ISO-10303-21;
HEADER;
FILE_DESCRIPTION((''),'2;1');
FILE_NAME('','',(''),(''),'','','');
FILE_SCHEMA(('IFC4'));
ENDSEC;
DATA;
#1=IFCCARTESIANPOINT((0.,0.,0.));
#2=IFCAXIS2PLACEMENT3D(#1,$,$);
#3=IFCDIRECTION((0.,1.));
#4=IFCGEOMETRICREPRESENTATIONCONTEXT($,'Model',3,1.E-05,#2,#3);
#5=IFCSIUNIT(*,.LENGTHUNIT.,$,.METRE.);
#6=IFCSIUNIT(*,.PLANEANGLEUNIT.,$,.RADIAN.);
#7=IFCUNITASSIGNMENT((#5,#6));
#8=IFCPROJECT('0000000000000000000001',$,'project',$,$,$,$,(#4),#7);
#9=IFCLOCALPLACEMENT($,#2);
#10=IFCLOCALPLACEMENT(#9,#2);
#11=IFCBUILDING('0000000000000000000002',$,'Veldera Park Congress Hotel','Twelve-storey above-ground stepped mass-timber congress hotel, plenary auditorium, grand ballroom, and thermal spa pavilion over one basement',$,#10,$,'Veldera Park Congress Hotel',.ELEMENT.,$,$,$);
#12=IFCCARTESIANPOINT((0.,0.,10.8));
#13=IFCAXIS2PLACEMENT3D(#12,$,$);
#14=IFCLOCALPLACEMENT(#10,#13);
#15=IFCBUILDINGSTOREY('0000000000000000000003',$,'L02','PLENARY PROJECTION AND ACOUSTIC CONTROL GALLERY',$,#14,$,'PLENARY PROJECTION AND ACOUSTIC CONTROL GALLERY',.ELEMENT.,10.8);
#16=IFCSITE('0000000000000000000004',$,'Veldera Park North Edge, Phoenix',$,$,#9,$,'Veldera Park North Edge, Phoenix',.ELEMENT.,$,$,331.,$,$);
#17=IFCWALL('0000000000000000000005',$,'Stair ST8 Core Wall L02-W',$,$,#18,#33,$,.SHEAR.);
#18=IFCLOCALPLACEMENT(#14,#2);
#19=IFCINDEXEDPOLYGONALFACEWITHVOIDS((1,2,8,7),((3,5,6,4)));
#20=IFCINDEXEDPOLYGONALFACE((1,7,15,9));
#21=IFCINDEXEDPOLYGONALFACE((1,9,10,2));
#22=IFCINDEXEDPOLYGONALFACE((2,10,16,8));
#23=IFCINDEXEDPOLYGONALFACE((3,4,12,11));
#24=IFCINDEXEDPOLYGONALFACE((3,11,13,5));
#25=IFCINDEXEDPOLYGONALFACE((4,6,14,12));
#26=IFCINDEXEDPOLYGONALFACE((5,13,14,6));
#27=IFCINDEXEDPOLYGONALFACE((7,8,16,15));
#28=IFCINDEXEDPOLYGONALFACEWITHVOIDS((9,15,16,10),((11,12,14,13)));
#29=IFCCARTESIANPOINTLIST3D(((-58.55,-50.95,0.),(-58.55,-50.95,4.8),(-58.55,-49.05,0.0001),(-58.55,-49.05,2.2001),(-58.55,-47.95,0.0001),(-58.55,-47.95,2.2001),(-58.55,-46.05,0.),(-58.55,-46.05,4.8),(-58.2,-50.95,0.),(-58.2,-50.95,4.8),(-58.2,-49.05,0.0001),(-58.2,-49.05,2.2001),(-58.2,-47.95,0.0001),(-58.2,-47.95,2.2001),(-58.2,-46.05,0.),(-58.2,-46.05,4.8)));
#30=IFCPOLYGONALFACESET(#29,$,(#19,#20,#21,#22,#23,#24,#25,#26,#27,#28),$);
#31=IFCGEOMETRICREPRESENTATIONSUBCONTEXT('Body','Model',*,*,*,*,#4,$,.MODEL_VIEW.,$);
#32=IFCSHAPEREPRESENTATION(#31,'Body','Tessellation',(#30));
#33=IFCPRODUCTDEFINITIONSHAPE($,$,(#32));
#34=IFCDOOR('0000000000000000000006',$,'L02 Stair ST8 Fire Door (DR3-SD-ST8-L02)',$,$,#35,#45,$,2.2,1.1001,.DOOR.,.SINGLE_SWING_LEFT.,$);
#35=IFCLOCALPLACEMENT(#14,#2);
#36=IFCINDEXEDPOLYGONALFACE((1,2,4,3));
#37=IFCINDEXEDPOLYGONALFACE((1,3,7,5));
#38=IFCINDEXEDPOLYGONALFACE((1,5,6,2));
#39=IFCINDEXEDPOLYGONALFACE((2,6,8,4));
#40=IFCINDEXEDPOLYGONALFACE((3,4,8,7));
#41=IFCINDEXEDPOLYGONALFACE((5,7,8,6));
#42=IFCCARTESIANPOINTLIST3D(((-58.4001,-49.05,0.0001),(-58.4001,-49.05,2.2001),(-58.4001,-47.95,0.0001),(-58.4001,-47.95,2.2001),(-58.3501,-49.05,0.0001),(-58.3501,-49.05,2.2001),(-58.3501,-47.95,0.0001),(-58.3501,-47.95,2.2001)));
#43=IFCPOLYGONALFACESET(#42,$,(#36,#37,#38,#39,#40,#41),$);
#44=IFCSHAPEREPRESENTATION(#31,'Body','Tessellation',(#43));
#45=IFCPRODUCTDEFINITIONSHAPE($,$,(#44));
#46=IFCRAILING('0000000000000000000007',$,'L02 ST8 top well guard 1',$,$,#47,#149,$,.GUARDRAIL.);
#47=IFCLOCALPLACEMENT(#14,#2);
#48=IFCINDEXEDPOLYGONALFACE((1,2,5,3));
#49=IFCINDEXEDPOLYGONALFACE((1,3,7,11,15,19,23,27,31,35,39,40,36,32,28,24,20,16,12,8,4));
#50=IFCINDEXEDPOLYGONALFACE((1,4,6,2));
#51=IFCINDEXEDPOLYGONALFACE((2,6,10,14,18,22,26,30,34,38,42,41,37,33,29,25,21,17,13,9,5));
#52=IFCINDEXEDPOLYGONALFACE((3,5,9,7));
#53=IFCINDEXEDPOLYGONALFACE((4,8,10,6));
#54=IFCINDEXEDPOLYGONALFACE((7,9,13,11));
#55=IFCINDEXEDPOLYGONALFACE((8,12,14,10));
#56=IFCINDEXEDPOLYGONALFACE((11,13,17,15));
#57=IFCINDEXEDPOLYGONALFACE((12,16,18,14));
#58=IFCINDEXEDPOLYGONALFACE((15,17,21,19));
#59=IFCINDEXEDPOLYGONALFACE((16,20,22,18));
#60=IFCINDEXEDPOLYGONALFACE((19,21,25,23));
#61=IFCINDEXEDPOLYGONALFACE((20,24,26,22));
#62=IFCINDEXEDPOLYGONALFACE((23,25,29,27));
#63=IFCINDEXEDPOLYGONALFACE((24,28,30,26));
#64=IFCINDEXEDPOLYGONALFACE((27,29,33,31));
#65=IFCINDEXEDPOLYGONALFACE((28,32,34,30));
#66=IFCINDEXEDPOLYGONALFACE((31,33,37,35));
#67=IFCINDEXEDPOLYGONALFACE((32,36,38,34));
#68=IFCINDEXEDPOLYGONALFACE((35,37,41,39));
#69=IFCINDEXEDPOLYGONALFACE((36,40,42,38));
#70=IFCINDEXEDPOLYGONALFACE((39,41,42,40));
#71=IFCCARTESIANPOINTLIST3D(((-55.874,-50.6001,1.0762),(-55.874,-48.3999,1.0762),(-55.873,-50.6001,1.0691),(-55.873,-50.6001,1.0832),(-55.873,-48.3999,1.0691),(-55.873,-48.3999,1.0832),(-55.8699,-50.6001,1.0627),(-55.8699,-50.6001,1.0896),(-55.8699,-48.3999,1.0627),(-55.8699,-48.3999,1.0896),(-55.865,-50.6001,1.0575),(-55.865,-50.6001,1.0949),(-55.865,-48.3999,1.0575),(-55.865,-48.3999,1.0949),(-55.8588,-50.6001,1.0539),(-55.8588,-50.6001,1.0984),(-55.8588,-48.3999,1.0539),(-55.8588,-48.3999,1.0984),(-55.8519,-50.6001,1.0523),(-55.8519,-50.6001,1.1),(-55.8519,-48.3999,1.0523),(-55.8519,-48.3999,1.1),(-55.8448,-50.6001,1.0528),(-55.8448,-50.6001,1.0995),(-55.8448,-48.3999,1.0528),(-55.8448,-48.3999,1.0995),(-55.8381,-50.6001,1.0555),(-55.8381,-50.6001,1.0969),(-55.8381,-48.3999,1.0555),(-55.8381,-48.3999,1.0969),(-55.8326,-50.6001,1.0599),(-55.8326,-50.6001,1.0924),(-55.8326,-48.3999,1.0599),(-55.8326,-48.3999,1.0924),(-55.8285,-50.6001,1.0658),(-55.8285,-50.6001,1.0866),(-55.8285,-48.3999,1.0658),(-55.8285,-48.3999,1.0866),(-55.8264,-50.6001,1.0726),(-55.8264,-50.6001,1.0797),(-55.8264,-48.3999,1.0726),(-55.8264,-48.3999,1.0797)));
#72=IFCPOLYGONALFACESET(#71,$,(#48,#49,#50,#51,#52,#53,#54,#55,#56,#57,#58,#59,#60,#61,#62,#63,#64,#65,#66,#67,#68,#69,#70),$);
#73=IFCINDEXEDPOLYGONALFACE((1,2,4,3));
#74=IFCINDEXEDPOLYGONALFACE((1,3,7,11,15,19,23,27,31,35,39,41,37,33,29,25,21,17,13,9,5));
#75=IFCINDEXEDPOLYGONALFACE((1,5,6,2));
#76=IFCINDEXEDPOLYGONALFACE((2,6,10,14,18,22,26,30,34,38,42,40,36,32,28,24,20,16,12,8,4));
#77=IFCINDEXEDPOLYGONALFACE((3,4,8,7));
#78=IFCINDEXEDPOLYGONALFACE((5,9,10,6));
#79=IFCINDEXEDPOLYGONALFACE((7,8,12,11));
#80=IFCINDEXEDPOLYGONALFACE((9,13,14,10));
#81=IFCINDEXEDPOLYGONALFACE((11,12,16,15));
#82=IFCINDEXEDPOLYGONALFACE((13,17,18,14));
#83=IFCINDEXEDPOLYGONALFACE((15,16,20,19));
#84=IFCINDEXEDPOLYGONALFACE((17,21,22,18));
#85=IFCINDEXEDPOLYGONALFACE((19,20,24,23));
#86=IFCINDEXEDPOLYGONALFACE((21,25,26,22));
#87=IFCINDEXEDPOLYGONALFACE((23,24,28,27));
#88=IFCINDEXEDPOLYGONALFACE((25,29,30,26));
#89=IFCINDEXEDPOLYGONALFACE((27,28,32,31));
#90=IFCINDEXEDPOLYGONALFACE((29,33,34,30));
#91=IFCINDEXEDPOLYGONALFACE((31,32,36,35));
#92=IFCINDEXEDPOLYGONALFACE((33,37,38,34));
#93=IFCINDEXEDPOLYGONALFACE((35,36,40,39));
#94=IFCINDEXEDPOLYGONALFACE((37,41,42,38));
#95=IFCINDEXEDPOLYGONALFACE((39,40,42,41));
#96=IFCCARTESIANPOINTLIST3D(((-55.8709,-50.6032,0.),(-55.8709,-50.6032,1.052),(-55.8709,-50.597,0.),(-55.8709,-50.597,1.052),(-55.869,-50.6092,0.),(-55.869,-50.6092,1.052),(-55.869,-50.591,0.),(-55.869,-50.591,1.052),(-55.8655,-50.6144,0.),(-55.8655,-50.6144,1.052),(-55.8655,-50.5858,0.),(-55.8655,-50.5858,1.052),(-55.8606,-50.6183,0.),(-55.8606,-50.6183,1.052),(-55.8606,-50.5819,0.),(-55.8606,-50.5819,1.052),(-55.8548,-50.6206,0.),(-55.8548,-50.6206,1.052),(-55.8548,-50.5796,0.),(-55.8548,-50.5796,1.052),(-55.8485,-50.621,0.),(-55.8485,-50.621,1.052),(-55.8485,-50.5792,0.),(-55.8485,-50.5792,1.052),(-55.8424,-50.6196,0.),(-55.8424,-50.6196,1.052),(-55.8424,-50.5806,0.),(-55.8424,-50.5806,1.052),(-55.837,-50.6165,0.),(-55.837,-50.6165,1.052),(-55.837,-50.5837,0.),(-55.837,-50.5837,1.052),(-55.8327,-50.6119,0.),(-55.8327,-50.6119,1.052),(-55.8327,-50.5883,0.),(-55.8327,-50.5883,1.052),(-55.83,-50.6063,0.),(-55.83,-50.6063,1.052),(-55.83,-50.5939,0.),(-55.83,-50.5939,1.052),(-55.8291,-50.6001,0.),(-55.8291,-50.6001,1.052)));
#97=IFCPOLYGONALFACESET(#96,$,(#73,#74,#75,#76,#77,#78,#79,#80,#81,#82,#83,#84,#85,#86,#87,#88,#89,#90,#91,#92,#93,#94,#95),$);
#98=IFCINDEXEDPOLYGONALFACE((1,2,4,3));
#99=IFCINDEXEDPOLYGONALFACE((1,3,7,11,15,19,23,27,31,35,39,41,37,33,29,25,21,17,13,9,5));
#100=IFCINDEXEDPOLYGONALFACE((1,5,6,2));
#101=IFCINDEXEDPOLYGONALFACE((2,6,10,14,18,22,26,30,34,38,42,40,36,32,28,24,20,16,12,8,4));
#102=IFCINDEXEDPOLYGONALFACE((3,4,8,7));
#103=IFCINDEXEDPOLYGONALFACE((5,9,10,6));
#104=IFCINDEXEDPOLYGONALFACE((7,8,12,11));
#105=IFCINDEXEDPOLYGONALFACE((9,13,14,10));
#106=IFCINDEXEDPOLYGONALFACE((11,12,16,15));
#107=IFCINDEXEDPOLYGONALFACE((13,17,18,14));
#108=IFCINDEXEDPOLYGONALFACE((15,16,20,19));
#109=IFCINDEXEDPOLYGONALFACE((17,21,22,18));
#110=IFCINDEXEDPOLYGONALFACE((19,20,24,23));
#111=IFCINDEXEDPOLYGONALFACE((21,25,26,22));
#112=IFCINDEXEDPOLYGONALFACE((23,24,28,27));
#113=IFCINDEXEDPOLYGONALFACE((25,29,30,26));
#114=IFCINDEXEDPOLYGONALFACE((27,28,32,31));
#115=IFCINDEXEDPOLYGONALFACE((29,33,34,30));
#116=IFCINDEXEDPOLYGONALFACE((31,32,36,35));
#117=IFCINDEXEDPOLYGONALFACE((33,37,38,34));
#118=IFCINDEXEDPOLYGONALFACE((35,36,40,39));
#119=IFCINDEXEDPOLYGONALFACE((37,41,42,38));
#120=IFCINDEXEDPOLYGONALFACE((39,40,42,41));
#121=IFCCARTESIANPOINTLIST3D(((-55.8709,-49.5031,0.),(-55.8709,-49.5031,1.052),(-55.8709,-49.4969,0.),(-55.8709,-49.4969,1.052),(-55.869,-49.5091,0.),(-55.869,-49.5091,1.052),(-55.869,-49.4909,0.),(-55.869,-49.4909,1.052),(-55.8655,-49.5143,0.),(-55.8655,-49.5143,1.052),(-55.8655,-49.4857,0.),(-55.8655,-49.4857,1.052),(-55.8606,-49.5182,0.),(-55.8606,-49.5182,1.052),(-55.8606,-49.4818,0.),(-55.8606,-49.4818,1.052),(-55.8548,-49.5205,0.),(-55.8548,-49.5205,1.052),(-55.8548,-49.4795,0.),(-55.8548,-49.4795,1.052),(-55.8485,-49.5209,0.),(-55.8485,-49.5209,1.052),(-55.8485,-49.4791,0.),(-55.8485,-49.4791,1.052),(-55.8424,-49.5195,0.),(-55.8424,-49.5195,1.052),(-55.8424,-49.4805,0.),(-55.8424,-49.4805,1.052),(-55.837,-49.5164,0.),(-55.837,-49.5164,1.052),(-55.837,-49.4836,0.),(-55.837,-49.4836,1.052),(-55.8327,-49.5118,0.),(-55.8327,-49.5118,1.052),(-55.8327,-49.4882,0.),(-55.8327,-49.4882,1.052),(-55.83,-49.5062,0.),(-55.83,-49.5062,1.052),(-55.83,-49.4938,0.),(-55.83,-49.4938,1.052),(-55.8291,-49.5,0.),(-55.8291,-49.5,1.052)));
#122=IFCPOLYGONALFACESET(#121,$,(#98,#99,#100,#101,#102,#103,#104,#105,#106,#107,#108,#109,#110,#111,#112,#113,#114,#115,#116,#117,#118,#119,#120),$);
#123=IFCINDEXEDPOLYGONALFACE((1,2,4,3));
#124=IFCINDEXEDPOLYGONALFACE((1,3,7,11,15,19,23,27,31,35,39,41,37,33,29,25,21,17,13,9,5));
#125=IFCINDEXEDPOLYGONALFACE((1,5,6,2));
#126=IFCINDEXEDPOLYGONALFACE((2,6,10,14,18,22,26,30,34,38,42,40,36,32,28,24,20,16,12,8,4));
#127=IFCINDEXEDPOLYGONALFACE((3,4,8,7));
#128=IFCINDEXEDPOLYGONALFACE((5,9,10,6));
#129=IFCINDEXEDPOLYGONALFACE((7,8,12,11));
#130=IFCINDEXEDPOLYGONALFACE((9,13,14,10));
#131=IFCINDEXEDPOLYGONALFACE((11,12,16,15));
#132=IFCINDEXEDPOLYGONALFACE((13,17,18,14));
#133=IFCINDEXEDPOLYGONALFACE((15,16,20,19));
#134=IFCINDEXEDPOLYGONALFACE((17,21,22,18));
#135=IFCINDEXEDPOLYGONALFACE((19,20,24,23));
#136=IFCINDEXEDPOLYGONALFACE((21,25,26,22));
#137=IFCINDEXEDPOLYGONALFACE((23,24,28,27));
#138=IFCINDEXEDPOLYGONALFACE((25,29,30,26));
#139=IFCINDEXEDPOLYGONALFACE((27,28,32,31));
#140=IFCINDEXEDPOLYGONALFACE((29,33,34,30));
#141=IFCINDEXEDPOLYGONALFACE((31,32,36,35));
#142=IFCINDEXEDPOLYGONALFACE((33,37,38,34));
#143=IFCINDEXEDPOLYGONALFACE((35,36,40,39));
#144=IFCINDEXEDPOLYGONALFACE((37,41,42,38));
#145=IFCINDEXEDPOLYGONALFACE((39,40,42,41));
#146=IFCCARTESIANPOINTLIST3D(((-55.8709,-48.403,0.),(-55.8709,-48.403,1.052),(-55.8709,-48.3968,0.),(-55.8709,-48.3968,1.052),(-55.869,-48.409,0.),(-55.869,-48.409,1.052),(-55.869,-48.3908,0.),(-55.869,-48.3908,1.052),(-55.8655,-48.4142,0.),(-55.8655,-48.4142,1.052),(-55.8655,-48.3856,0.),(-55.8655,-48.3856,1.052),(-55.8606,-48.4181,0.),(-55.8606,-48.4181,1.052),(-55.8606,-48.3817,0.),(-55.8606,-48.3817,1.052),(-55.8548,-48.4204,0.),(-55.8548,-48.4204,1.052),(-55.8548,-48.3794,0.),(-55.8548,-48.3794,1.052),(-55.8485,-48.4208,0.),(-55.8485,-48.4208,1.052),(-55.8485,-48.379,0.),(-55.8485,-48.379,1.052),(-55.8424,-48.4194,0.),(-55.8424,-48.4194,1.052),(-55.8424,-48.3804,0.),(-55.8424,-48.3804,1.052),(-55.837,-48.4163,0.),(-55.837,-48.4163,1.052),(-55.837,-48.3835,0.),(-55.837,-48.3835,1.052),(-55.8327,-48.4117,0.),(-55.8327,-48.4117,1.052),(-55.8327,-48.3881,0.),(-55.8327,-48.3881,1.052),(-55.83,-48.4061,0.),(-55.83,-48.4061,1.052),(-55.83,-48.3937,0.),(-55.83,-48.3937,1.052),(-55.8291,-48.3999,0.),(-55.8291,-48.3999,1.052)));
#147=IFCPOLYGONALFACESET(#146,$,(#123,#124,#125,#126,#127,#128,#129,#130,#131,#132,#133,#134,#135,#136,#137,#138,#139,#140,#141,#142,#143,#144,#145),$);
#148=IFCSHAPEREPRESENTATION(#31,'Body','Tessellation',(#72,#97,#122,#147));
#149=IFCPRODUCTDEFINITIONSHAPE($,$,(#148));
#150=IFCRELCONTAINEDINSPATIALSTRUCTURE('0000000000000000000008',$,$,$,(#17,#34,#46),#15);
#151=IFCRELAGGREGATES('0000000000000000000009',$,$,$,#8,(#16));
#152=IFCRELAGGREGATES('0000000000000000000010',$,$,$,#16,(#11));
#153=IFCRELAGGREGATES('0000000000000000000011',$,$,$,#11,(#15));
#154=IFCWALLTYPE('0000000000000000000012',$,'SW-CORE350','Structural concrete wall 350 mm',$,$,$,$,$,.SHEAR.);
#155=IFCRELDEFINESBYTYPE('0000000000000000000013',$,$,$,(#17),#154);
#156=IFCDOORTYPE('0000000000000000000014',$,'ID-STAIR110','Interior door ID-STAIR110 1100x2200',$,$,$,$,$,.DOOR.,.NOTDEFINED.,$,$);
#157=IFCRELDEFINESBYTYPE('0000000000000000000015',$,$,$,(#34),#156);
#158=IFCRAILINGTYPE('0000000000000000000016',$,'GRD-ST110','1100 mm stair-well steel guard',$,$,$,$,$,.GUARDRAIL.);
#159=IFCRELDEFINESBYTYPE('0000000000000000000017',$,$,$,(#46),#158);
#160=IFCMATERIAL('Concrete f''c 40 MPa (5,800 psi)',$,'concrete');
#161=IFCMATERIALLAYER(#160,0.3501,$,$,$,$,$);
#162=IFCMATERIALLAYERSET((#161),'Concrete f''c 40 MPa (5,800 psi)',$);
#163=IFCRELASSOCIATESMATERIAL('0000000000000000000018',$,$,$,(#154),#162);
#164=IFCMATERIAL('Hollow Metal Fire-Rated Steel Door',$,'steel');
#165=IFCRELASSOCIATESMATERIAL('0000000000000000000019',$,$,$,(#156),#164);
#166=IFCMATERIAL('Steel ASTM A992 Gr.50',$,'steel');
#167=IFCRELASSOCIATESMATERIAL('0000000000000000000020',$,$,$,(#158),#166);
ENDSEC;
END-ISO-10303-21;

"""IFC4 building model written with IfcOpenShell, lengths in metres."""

from ifc_helpers import new_model, si_unit, direction, frame, frame_2d, origin, origin_2d, place, context, subcontext, project, spatial, rectangle, circle, extrude, material, layer, layer_set, type_object, element, fill, save


model = new_model("IFC4")

# Units and contexts
model_context = context("Model", 3, precision=1e-05, world=origin(), true_north=direction((0.0, 1.0)))
body_context = subcontext(model_context, "Body", "Model", "MODEL_VIEW")
ifc_project = project(units=[si_unit("LENGTHUNIT", "METRE"), si_unit("PLANEANGLEUNIT", "RADIAN")], contexts=[model_context])

# Site, building, storey
site_placement = place(None, origin())
site = spatial("IfcSite", under=ifc_project, at=site_placement, Name="Veldera Park North Edge, Phoenix", LongName="Veldera Park North Edge, Phoenix", CompositionType="ELEMENT", RefElevation=331.0)
building_placement = place(site_placement, origin())
building = spatial("IfcBuilding", under=site, at=building_placement, Name="Veldera Park Congress Hotel", Description="Twelve-storey above-ground stepped mass-timber congress hotel, plenary auditorium, grand ballroom, and thermal spa pavilion over one basement", LongName="Veldera Park Congress Hotel", CompositionType="ELEMENT")
storey_placement = place(building_placement, frame((0.0, 0.0, 10.8)))
storey = spatial("IfcBuildingStorey", under=building, at=storey_placement, Name="L02", Description="PLENARY PROJECTION AND ACOUSTIC CONTROL GALLERY", LongName="PLENARY PROJECTION AND ACOUSTIC CONTROL GALLERY", CompositionType="ELEMENT", Elevation=10.8)

# Shared definitions
ifc_material_1 = material(Name="Steel ASTM A992 Gr.50", Category="steel")

# Shared definitions
ifc_material_2 = material(Name="Concrete f'c 40 MPa (5,800 psi)", Category="concrete")
ifc_layer_1 = layer(ifc_material_2, 0.3501)
ifc_layer_set_1 = layer_set([ifc_layer_1], Name="Concrete f'c 40 MPa (5,800 psi)")
wall_type_1 = type_object("IfcWallType", Name="SW-CORE350", Description="Structural concrete wall 350 mm", PredefinedType="SHEAR", material=ifc_layer_set_1)

# Wall, opening, door
wall_1_placement = place(storey_placement, frame((-58.375, -46.05, 0.0), z_axis=(0.0, 0.0, 1.0), x_axis=(0.0, -1.0, 0.0)))
wall_1 = element("IfcWall", 1, at=wall_1_placement, inside=storey, type_object=wall_type_1, Name="Stair ST8 Core Wall L02-W", PredefinedType="SHEAR", context=body_context, shape_type="SweptSolid", body=[
    extrude(rectangle(XDim=4.8999, YDim=0.3501, at=frame_2d((2.45, 0.0))), origin(), (0.0, 0.0, 1.0), 4.8),
])
opening_1_placement = place(wall_1_placement, frame((1.8999, 0.0, 0.0)))
opening_1 = element("IfcOpeningElement", 2, at=opening_1_placement, cuts=wall_1, PredefinedType="OPENING", context=body_context, shape_type="SweptSolid", body=[
    extrude(rectangle(XDim=1.1001, YDim=2.2, at=frame_2d((0.55, 1.1001))), frame((0.0, 0.187, 0.0), z_axis=(0.0, -1.0, 0.0), x_axis=(1.0, 0.0, 0.0)), (0.0, 0.0, 1.0), 0.374),
])
ifc_material_3 = material(Name="Hollow Metal Fire-Rated Steel Door", Category="steel")
door_type_1 = type_object("IfcDoorType", Name="ID-STAIR110", Description="Interior door ID-STAIR110 1100x2200", OperationType="NOTDEFINED", PredefinedType="DOOR", material=ifc_material_3)
door_1_placement = place(opening_1_placement, origin())
door_1 = element("IfcDoor", 3, at=door_1_placement, inside=storey, type_object=door_type_1, Name="L02 Stair ST8 Fire Door (DR3-SD-ST8-L02)", OperationType="SINGLE_SWING_LEFT", OverallHeight=2.2, OverallWidth=1.1001, PredefinedType="DOOR", context=body_context, shape_type="SweptSolid", body=[
    extrude(rectangle(XDim=1.1001, YDim=2.2, at=frame_2d((0.55, 1.1001))), frame((0.0, 0.0249, 0.0), z_axis=(0.0, -1.0, 0.0), x_axis=(1.0, 0.0, 0.0)), (0.0, 0.0, 1.0), 0.05),
])
fill(opening_1, door_1)

# Railing
railing_type_1 = type_object("IfcRailingType", Name="GRD-ST110", Description="1100 mm stair-well steel guard", PredefinedType="GUARDRAIL", material=ifc_material_1)
railing_1_placement = place(storey_placement, frame((-55.8501, -50.6001, 0.0)))
element("IfcRailing", 4, at=railing_1_placement, inside=storey, type_object=railing_type_1, Name="L02 ST8 top well guard 1", PredefinedType="GUARDRAIL", context=body_context, shape_type="SweptSolid", body=[
    extrude(circle(Radius=0.0239, at=origin_2d()), frame((0.0, 0.0, 1.0762), z_axis=(0.0, 1.0, 0.0), x_axis=(-1.0, 0.0, 0.0)), (0.0, 0.0, 1.0), 2.2002),
    extrude(circle(Radius=0.021, at=origin_2d()), origin(), (0.0, 0.0, 1.0), 1.052),
    extrude(circle(Radius=0.021, at=origin_2d()), frame((0.0, 1.1001, 0.0)), (0.0, 0.0, 1.0), 1.052),
    extrude(circle(Radius=0.021, at=origin_2d()), frame((0.0, 2.2002, 0.0)), (0.0, 0.0, 1.0), 1.052),
])

save(model, "model.ifc")
